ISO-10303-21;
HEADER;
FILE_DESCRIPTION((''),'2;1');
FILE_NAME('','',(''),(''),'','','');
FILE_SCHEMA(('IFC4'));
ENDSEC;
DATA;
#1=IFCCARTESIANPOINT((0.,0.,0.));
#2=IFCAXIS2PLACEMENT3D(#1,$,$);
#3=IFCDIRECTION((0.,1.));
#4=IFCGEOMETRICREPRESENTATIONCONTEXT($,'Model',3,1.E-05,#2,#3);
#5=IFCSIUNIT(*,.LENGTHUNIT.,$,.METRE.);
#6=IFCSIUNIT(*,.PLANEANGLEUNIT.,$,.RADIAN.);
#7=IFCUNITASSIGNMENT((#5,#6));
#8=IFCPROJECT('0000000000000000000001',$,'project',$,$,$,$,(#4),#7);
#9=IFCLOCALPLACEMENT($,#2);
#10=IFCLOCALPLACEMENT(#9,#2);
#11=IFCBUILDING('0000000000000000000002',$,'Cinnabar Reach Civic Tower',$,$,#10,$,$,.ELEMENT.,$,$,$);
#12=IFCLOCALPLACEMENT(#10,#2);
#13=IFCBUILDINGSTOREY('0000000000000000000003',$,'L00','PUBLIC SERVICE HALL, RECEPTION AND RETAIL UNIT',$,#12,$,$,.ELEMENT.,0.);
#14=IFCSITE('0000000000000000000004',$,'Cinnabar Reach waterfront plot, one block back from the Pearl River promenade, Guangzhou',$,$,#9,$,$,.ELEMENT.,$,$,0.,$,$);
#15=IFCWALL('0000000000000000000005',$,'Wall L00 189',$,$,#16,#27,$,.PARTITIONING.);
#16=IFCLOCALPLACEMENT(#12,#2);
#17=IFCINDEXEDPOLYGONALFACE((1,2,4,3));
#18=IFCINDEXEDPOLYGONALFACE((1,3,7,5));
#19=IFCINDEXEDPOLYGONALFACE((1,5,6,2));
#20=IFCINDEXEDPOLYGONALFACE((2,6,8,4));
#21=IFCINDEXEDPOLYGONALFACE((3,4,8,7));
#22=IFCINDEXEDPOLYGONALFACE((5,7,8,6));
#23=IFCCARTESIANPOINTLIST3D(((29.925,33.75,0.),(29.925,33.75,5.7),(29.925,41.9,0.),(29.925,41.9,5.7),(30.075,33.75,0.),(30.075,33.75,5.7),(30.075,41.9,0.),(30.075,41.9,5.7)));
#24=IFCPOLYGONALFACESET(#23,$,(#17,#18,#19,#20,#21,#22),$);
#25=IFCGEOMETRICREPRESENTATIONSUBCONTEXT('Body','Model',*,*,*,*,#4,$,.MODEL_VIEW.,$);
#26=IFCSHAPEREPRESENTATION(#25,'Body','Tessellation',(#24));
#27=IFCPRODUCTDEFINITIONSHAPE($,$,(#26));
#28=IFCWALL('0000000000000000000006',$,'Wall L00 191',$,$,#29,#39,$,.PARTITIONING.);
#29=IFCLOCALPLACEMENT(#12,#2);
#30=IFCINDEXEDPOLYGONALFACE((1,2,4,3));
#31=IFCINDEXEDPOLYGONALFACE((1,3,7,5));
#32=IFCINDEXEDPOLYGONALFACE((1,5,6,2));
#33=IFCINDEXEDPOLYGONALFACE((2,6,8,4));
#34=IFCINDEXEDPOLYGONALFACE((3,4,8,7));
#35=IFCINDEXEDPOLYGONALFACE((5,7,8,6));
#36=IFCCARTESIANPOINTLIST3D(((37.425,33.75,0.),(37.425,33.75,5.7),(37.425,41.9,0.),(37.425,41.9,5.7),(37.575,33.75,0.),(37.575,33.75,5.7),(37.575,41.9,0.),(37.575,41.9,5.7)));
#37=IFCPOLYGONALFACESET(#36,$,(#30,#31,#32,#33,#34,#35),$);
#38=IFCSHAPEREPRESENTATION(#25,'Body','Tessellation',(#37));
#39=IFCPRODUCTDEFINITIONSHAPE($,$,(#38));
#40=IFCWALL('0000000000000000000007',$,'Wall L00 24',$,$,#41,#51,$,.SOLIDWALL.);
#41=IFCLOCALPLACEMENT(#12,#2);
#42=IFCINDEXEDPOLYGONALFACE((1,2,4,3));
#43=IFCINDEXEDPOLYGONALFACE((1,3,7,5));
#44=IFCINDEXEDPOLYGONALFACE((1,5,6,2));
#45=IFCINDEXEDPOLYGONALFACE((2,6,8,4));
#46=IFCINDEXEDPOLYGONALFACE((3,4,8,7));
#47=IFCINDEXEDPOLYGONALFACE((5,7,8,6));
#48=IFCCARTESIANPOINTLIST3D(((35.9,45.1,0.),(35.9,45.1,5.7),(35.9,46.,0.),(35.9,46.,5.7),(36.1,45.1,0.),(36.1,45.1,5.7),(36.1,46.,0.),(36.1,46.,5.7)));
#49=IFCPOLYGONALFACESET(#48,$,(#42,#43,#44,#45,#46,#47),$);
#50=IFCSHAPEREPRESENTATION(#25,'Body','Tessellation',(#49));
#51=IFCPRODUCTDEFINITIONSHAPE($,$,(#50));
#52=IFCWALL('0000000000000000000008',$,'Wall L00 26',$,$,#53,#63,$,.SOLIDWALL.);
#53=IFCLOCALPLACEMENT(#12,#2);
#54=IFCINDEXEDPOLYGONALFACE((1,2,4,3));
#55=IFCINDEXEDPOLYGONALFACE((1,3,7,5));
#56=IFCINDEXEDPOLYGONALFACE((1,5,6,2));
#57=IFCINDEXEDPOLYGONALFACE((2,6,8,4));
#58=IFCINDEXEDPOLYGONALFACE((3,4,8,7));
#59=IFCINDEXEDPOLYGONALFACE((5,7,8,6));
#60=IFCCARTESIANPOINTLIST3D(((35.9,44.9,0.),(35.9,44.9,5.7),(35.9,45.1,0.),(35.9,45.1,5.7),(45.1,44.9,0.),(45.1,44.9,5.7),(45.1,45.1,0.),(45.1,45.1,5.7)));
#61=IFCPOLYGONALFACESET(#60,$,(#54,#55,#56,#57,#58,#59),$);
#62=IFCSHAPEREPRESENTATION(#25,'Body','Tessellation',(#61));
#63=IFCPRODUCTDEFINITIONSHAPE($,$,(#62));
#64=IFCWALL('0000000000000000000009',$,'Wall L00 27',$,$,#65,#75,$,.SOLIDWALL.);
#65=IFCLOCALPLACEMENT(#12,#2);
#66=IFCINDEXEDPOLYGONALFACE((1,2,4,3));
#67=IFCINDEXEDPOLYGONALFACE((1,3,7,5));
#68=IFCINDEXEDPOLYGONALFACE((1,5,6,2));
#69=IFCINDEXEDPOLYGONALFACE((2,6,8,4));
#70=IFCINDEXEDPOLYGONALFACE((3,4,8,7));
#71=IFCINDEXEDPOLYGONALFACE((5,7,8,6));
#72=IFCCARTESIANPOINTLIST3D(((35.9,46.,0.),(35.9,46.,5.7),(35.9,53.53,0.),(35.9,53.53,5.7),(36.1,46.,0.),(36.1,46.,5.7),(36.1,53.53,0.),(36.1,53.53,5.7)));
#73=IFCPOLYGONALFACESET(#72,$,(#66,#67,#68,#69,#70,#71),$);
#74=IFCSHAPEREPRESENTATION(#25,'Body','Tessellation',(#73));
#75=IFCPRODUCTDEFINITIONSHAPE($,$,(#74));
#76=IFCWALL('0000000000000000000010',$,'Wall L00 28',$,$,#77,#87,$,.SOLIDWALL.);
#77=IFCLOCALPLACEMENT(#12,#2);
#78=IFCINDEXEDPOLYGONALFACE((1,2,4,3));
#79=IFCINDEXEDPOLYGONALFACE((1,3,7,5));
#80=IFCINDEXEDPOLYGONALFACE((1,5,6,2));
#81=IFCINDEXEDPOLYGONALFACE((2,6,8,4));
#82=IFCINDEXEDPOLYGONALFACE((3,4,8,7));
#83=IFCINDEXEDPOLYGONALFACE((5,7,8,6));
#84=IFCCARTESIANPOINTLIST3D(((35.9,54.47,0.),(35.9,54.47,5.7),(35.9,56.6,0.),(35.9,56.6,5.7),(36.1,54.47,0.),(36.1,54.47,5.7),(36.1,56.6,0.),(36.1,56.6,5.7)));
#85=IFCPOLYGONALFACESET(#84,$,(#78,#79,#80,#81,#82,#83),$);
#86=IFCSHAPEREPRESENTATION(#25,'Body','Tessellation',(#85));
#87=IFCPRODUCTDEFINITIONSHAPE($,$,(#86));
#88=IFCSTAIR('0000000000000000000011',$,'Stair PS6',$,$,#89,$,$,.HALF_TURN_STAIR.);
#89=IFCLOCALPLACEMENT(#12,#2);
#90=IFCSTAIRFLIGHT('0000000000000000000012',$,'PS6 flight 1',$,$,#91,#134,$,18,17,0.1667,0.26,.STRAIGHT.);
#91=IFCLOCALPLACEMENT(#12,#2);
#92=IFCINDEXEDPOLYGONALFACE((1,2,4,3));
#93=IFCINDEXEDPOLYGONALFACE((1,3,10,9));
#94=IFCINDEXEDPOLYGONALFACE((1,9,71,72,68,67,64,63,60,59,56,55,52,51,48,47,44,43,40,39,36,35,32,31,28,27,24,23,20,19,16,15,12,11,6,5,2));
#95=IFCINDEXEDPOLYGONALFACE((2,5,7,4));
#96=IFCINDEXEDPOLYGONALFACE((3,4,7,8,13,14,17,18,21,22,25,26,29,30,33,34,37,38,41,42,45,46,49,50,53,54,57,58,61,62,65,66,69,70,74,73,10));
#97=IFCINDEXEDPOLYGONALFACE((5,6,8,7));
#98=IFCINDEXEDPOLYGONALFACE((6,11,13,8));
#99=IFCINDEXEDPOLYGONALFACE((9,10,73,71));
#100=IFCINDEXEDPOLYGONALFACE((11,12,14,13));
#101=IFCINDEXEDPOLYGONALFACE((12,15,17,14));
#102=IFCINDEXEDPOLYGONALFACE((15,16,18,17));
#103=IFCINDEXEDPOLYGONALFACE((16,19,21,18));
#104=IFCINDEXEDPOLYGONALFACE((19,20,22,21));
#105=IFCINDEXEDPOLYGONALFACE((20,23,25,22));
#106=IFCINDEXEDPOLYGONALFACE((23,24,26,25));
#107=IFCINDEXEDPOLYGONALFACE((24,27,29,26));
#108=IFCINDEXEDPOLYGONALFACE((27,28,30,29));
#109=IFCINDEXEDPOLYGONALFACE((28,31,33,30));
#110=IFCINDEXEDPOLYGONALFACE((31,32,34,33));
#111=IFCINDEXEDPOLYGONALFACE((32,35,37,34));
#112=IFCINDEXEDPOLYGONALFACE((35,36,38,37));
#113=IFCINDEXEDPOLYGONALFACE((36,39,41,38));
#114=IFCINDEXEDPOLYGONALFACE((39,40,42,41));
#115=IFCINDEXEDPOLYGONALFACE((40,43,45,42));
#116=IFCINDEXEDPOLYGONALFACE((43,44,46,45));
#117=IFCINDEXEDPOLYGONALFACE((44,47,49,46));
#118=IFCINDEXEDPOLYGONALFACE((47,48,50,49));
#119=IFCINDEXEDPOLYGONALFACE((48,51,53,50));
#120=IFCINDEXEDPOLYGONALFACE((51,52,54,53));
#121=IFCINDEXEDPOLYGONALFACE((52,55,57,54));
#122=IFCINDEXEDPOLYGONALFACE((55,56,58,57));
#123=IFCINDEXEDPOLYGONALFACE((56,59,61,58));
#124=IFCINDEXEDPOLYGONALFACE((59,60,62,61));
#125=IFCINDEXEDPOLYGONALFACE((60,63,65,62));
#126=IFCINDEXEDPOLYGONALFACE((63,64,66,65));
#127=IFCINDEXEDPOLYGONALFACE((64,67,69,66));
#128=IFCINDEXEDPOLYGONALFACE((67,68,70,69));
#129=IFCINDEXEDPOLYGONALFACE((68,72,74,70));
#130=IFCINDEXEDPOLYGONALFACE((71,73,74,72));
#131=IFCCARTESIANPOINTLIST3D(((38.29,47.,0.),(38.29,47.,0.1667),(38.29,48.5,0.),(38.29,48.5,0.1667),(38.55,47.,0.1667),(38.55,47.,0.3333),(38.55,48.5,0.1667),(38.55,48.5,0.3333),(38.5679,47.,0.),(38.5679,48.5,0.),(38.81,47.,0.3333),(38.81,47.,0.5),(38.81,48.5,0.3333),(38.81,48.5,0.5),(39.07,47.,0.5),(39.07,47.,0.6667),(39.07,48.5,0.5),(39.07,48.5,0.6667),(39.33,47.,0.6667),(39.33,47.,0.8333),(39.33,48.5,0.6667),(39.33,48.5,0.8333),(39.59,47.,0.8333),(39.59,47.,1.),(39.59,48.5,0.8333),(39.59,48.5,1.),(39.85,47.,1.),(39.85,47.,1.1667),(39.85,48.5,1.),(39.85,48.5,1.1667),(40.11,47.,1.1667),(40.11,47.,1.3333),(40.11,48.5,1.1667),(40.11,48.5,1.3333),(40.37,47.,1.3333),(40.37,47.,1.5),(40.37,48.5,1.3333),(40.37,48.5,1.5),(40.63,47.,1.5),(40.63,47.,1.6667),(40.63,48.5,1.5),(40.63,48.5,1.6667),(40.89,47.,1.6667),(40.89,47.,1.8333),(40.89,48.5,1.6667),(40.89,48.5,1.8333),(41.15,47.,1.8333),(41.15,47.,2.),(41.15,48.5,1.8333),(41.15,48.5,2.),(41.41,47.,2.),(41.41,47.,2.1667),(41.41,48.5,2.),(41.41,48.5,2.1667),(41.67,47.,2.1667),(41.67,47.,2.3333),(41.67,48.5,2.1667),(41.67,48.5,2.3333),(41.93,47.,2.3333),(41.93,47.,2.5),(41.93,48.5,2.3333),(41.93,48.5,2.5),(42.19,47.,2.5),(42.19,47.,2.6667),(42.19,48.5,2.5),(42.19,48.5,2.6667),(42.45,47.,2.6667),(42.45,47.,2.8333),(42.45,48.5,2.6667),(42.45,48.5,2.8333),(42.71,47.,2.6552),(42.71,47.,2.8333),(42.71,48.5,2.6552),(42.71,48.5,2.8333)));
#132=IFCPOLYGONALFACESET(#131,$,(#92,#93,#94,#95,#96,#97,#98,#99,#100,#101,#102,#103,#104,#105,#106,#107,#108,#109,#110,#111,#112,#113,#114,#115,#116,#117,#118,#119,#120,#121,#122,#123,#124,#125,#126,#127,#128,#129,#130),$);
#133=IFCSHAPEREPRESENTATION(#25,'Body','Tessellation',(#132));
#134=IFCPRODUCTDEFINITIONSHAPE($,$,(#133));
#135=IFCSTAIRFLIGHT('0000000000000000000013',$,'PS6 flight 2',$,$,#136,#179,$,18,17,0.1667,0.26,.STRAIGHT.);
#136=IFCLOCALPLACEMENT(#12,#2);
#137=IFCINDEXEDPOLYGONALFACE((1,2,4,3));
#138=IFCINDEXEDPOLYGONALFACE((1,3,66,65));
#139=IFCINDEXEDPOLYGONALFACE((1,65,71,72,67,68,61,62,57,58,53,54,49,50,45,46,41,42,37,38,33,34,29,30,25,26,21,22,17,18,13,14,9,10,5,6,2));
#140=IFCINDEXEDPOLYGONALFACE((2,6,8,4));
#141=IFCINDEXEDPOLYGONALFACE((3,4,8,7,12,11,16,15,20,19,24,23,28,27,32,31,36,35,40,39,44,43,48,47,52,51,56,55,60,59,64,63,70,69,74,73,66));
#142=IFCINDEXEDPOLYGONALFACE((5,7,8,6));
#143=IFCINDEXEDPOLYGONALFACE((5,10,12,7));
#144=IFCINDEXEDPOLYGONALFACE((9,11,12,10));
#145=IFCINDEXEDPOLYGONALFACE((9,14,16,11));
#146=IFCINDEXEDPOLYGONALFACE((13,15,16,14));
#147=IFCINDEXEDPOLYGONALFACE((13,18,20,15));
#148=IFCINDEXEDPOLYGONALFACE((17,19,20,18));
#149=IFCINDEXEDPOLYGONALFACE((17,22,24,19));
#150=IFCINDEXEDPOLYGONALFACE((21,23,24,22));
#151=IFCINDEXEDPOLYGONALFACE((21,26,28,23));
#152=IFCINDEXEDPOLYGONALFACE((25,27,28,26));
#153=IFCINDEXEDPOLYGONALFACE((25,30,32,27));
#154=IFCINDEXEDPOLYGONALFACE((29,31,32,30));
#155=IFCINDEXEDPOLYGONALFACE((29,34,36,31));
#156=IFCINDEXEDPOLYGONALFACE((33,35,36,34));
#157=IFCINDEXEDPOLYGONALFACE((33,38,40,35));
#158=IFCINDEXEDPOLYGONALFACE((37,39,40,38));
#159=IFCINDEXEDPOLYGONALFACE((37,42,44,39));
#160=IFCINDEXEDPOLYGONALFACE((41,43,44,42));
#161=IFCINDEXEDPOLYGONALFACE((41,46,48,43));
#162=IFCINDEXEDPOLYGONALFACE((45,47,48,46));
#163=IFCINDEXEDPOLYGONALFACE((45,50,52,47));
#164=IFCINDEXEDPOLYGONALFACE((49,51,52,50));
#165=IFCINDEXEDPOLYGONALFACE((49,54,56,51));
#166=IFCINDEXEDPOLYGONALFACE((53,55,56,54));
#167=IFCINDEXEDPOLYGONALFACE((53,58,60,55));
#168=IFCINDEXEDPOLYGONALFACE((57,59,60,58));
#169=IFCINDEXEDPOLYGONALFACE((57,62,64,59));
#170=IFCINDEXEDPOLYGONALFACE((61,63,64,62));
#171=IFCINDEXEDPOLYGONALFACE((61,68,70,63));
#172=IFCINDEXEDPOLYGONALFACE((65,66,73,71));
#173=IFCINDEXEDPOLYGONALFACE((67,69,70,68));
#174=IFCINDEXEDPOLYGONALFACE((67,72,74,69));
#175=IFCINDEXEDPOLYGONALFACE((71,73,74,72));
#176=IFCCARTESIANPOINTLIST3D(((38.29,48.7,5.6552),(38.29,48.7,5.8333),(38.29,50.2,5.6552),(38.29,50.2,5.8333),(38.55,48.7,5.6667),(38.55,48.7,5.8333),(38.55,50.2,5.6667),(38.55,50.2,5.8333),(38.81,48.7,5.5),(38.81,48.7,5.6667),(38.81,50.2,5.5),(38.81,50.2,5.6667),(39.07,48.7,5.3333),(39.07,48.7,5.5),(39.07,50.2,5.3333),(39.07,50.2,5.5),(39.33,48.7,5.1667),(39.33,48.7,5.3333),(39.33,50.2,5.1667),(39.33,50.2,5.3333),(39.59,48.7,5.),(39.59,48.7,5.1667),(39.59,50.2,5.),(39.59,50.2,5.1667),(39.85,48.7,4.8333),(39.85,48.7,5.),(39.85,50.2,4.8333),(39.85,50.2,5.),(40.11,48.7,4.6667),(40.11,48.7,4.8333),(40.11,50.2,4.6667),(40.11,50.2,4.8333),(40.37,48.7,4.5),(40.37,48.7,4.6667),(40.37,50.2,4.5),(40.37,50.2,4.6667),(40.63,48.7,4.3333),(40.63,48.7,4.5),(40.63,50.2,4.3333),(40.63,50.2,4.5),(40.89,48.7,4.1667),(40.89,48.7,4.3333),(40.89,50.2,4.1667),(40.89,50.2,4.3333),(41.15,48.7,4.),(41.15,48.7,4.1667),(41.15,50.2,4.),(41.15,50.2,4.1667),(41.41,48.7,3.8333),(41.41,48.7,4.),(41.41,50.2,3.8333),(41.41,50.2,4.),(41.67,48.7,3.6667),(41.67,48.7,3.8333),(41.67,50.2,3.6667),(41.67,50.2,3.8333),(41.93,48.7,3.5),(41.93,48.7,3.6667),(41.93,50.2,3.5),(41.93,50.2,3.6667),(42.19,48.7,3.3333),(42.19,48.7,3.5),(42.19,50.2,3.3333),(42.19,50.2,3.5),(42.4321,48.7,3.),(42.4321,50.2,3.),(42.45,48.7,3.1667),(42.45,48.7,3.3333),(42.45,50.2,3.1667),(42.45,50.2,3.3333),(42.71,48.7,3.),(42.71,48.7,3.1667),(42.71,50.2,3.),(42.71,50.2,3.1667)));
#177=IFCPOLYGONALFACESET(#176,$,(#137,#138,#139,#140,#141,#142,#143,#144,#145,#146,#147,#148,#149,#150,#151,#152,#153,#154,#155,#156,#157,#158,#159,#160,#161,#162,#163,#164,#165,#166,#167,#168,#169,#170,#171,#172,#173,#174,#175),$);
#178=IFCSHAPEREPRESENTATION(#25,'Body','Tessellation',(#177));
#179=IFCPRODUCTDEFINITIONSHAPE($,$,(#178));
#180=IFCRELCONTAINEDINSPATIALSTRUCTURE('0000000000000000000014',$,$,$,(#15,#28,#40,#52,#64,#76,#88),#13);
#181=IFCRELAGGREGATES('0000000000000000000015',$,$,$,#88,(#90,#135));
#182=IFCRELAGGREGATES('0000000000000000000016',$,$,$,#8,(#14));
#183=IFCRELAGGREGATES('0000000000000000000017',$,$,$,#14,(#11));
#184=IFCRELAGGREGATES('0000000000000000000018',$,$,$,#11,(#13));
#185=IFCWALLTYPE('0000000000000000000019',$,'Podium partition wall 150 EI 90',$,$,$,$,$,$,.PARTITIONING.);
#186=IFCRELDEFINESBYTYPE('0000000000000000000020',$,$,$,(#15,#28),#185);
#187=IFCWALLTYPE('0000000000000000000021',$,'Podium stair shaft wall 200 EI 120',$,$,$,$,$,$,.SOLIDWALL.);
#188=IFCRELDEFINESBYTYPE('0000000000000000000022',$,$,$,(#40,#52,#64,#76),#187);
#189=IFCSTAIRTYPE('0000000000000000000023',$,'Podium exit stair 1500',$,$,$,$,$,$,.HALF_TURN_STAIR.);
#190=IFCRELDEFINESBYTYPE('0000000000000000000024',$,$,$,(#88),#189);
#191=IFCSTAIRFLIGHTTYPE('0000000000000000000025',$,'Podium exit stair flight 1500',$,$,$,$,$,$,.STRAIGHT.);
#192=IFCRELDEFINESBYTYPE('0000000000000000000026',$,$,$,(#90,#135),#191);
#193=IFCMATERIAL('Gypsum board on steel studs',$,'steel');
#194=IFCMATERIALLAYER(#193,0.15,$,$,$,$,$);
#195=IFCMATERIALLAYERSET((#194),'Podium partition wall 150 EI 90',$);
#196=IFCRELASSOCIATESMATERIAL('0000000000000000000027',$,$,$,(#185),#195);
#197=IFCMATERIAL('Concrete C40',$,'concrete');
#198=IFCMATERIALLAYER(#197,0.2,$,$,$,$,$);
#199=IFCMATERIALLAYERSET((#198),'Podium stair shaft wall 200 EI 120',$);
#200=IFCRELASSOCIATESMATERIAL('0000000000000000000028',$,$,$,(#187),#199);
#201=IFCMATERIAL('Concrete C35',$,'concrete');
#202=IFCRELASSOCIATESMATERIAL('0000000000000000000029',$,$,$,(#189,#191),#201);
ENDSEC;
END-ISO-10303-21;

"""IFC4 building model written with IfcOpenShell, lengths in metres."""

from ifc_helpers import new_model, si_unit, direction, frame, frame_2d, origin, place, context, subcontext, project, spatial, polyline, rectangle, outline, extrude, material, layer, layer_set, type_object, element, aggregate, save


model = new_model("IFC4")

# Units and contexts
model_context = context("Model", 3, precision=1e-05, world=origin(), true_north=direction((0.0, 1.0)))
body_context = subcontext(model_context, "Body", "Model", "MODEL_VIEW")
ifc_project = project(units=[si_unit("LENGTHUNIT", "METRE"), si_unit("PLANEANGLEUNIT", "RADIAN")], contexts=[model_context])

# Site, building, storey
site_placement = place(None, origin())
site = spatial("IfcSite", under=ifc_project, at=site_placement, Name="Cinnabar Reach waterfront plot, one block back from the Pearl River promenade, Guangzhou", CompositionType="ELEMENT", RefElevation=0.0)
building_placement = place(site_placement, origin())
building = spatial("IfcBuilding", under=site, at=building_placement, Name="Cinnabar Reach Civic Tower", CompositionType="ELEMENT")
storey_placement = place(building_placement, origin())
storey = spatial("IfcBuildingStorey", under=building, at=storey_placement, Name="L00", Description="PUBLIC SERVICE HALL, RECEPTION AND RETAIL UNIT", CompositionType="ELEMENT", Elevation=0.0)

# Walls
ifc_material_1 = material(Name="Gypsum board on steel studs", Category="steel")
ifc_layer_1 = layer(ifc_material_1, 0.15)
ifc_layer_set_1 = layer_set([ifc_layer_1], Name="Podium partition wall 150 EI 90")
wall_type_1 = type_object("IfcWallType", Name="Podium partition wall 150 EI 90", PredefinedType="PARTITIONING", material=ifc_layer_set_1)
for number, where, z_axis, x_axis, name in (
    (1, (30.0, 33.75, 0.0), (0.0, 0.0, 1.0), (0.0, 1.0, 0.0), "Wall L00 189"),
    (2, (37.5, 33.75, 0.0), (0.0, 0.0, 1.0), (0.0, 1.0, 0.0), "Wall L00 191"),
):
    element("IfcWall", number, at=place(storey_placement, frame(where, z_axis=z_axis, x_axis=x_axis)), inside=storey, type_object=wall_type_1, Name=name, PredefinedType="PARTITIONING", context=body_context, shape_type="SweptSolid", body=[
        extrude(rectangle(XDim=8.15, YDim=0.15, at=frame_2d((4.075, 0.0))), origin(), (0.0, 0.0, 1.0), 5.7),
    ])
ifc_material_2 = material(Name="Concrete C40", Category="concrete")
ifc_layer_2 = layer(ifc_material_2, 0.2)
ifc_layer_set_2 = layer_set([ifc_layer_2], Name="Podium stair shaft wall 200 EI 120")
wall_type_2 = type_object("IfcWallType", Name="Podium stair shaft wall 200 EI 120", PredefinedType="SOLIDWALL", material=ifc_layer_set_2)
wall_1_placement = place(storey_placement, frame((36.0, 45.1, 0.0), z_axis=(0.0, 0.0, 1.0), x_axis=(0.0, 1.0, 0.0)))
element("IfcWall", 3, at=wall_1_placement, inside=storey, type_object=wall_type_2, Name="Wall L00 24", PredefinedType="SOLIDWALL", context=body_context, shape_type="SweptSolid", body=[
    extrude(rectangle(XDim=0.9, YDim=0.2, at=frame_2d((0.45, 0.0))), origin(), (0.0, 0.0, 1.0), 5.7),
])
wall_2_placement = place(storey_placement, frame((35.9, 45.0, 0.0), z_axis=(0.0, 0.0, 1.0), x_axis=(1.0, 0.0, 0.0)))
element("IfcWall", 4, at=wall_2_placement, inside=storey, type_object=wall_type_2, Name="Wall L00 26", PredefinedType="SOLIDWALL", context=body_context, shape_type="SweptSolid", body=[
    extrude(rectangle(XDim=9.2, YDim=0.2, at=frame_2d((4.6, 0.0))), origin(), (0.0, 0.0, 1.0), 5.7),
])
wall_3_placement = place(storey_placement, frame((36.0, 46.0, 0.0), z_axis=(0.0, 0.0, 1.0), x_axis=(0.0, 1.0, 0.0)))
element("IfcWall", 5, at=wall_3_placement, inside=storey, type_object=wall_type_2, Name="Wall L00 27", PredefinedType="SOLIDWALL", context=body_context, shape_type="SweptSolid", body=[
    extrude(rectangle(XDim=7.53, YDim=0.2, at=frame_2d((3.765, 0.0))), origin(), (0.0, 0.0, 1.0), 5.7),
])
wall_4_placement = place(storey_placement, frame((36.0, 54.47, 0.0), z_axis=(0.0, 0.0, 1.0), x_axis=(0.0, 1.0, 0.0)))
element("IfcWall", 6, at=wall_4_placement, inside=storey, type_object=wall_type_2, Name="Wall L00 28", PredefinedType="SOLIDWALL", context=body_context, shape_type="SweptSolid", body=[
    extrude(rectangle(XDim=2.13, YDim=0.2, at=frame_2d((1.065, 0.0))), origin(), (0.0, 0.0, 1.0), 5.7),
])

# Stair, stair flights
ifc_material_3 = material(Name="Concrete C35", Category="concrete")
stair_type = type_object("IfcStairType", Name="Podium exit stair 1500", PredefinedType="HALF_TURN_STAIR", material=ifc_material_3)
stair_placement = place(storey_placement, origin())
stair = element("IfcStair", 7, at=stair_placement, inside=storey, type_object=stair_type, Name="Stair PS6", PredefinedType="HALF_TURN_STAIR")
stair_flight_type = type_object("IfcStairFlightType", Name="Podium exit stair flight 1500", PredefinedType="STRAIGHT", material=ifc_material_3)
stair_flight_1_placement = place(storey_placement, frame((38.29, 47.75, 0.0), z_axis=(0.0, 0.0, 1.0), x_axis=(1.0, 0.0, 0.0)))
stair_flight_1 = element("IfcStairFlight", 8, at=stair_flight_1_placement, type_object=stair_flight_type, Name="PS6 flight 1", NumberOfRisers=18, NumberOfTreads=17, PredefinedType="STRAIGHT", RiserHeight=0.1667, TreadLength=0.26, context=body_context, shape_type="SweptSolid", body=[
    extrude(outline(polyline([(0.0, 0.0), (0.0, 0.1667), (0.26, 0.1667), (0.26, 0.3333), (0.52, 0.3333), (0.52, 0.5), (0.78, 0.5), (0.78, 0.6667), (1.04, 0.6667), (1.04, 0.8333), (1.3, 0.8333), (1.3, 1.0), (1.56, 1.0), (1.56, 1.1667), (1.82, 1.1667), (1.82, 1.3333), (2.08, 1.3333), (2.08, 1.5), (2.34, 1.5), (2.34, 1.6667), (2.6, 1.6667), (2.6, 1.8333), (2.86, 1.8333), (2.86, 2.0), (3.12, 2.0), (3.12, 2.1667), (3.38, 2.1667), (3.38, 2.3333), (3.64, 2.3333), (3.64, 2.5), (3.9, 2.5), (3.9, 2.6667), (4.16, 2.6667), (4.16, 2.8333), (4.42, 2.8333), (4.42, 3.0), (4.42, 2.6552), (0.2779, 0.0), (0.0, 0.0)])), frame((0.0, 0.75, 0.0), z_axis=(0.0, -1.0, 0.0), x_axis=(1.0, 0.0, 0.0)), (0.0, 0.0, 1.0), 1.5),
])
stair_flight_2_placement = place(storey_placement, frame((42.71, 49.45, 3.0), z_axis=(0.0, 0.0, 1.0), x_axis=(-1.0, 0.0, 0.0)))
stair_flight_2 = element("IfcStairFlight", 9, at=stair_flight_2_placement, type_object=stair_flight_type, Name="PS6 flight 2", NumberOfRisers=18, NumberOfTreads=17, PredefinedType="STRAIGHT", RiserHeight=0.1667, TreadLength=0.26, context=body_context, shape_type="SweptSolid", body=[
    extrude(outline(polyline([(0.0, 0.0), (0.0, 0.1667), (0.26, 0.1667), (0.26, 0.3333), (0.52, 0.3333), (0.52, 0.5), (0.78, 0.5), (0.78, 0.6667), (1.04, 0.6667), (1.04, 0.8333), (1.3, 0.8333), (1.3, 1.0), (1.56, 1.0), (1.56, 1.1667), (1.82, 1.1667), (1.82, 1.3333), (2.08, 1.3333), (2.08, 1.5), (2.34, 1.5), (2.34, 1.6667), (2.6, 1.6667), (2.6, 1.8333), (2.86, 1.8333), (2.86, 2.0), (3.12, 2.0), (3.12, 2.1667), (3.38, 2.1667), (3.38, 2.3333), (3.64, 2.3333), (3.64, 2.5), (3.9, 2.5), (3.9, 2.6667), (4.16, 2.6667), (4.16, 2.8333), (4.42, 2.8333), (4.42, 3.0), (4.42, 2.6552), (0.2779, 0.0), (0.0, 0.0)])), frame((0.0, 0.75, 0.0), z_axis=(0.0, -1.0, 0.0), x_axis=(1.0, 0.0, 0.0)), (0.0, 0.0, 1.0), 1.5),
])
aggregate(stair, [stair_flight_1, stair_flight_2])

save(model, "model.ifc")
